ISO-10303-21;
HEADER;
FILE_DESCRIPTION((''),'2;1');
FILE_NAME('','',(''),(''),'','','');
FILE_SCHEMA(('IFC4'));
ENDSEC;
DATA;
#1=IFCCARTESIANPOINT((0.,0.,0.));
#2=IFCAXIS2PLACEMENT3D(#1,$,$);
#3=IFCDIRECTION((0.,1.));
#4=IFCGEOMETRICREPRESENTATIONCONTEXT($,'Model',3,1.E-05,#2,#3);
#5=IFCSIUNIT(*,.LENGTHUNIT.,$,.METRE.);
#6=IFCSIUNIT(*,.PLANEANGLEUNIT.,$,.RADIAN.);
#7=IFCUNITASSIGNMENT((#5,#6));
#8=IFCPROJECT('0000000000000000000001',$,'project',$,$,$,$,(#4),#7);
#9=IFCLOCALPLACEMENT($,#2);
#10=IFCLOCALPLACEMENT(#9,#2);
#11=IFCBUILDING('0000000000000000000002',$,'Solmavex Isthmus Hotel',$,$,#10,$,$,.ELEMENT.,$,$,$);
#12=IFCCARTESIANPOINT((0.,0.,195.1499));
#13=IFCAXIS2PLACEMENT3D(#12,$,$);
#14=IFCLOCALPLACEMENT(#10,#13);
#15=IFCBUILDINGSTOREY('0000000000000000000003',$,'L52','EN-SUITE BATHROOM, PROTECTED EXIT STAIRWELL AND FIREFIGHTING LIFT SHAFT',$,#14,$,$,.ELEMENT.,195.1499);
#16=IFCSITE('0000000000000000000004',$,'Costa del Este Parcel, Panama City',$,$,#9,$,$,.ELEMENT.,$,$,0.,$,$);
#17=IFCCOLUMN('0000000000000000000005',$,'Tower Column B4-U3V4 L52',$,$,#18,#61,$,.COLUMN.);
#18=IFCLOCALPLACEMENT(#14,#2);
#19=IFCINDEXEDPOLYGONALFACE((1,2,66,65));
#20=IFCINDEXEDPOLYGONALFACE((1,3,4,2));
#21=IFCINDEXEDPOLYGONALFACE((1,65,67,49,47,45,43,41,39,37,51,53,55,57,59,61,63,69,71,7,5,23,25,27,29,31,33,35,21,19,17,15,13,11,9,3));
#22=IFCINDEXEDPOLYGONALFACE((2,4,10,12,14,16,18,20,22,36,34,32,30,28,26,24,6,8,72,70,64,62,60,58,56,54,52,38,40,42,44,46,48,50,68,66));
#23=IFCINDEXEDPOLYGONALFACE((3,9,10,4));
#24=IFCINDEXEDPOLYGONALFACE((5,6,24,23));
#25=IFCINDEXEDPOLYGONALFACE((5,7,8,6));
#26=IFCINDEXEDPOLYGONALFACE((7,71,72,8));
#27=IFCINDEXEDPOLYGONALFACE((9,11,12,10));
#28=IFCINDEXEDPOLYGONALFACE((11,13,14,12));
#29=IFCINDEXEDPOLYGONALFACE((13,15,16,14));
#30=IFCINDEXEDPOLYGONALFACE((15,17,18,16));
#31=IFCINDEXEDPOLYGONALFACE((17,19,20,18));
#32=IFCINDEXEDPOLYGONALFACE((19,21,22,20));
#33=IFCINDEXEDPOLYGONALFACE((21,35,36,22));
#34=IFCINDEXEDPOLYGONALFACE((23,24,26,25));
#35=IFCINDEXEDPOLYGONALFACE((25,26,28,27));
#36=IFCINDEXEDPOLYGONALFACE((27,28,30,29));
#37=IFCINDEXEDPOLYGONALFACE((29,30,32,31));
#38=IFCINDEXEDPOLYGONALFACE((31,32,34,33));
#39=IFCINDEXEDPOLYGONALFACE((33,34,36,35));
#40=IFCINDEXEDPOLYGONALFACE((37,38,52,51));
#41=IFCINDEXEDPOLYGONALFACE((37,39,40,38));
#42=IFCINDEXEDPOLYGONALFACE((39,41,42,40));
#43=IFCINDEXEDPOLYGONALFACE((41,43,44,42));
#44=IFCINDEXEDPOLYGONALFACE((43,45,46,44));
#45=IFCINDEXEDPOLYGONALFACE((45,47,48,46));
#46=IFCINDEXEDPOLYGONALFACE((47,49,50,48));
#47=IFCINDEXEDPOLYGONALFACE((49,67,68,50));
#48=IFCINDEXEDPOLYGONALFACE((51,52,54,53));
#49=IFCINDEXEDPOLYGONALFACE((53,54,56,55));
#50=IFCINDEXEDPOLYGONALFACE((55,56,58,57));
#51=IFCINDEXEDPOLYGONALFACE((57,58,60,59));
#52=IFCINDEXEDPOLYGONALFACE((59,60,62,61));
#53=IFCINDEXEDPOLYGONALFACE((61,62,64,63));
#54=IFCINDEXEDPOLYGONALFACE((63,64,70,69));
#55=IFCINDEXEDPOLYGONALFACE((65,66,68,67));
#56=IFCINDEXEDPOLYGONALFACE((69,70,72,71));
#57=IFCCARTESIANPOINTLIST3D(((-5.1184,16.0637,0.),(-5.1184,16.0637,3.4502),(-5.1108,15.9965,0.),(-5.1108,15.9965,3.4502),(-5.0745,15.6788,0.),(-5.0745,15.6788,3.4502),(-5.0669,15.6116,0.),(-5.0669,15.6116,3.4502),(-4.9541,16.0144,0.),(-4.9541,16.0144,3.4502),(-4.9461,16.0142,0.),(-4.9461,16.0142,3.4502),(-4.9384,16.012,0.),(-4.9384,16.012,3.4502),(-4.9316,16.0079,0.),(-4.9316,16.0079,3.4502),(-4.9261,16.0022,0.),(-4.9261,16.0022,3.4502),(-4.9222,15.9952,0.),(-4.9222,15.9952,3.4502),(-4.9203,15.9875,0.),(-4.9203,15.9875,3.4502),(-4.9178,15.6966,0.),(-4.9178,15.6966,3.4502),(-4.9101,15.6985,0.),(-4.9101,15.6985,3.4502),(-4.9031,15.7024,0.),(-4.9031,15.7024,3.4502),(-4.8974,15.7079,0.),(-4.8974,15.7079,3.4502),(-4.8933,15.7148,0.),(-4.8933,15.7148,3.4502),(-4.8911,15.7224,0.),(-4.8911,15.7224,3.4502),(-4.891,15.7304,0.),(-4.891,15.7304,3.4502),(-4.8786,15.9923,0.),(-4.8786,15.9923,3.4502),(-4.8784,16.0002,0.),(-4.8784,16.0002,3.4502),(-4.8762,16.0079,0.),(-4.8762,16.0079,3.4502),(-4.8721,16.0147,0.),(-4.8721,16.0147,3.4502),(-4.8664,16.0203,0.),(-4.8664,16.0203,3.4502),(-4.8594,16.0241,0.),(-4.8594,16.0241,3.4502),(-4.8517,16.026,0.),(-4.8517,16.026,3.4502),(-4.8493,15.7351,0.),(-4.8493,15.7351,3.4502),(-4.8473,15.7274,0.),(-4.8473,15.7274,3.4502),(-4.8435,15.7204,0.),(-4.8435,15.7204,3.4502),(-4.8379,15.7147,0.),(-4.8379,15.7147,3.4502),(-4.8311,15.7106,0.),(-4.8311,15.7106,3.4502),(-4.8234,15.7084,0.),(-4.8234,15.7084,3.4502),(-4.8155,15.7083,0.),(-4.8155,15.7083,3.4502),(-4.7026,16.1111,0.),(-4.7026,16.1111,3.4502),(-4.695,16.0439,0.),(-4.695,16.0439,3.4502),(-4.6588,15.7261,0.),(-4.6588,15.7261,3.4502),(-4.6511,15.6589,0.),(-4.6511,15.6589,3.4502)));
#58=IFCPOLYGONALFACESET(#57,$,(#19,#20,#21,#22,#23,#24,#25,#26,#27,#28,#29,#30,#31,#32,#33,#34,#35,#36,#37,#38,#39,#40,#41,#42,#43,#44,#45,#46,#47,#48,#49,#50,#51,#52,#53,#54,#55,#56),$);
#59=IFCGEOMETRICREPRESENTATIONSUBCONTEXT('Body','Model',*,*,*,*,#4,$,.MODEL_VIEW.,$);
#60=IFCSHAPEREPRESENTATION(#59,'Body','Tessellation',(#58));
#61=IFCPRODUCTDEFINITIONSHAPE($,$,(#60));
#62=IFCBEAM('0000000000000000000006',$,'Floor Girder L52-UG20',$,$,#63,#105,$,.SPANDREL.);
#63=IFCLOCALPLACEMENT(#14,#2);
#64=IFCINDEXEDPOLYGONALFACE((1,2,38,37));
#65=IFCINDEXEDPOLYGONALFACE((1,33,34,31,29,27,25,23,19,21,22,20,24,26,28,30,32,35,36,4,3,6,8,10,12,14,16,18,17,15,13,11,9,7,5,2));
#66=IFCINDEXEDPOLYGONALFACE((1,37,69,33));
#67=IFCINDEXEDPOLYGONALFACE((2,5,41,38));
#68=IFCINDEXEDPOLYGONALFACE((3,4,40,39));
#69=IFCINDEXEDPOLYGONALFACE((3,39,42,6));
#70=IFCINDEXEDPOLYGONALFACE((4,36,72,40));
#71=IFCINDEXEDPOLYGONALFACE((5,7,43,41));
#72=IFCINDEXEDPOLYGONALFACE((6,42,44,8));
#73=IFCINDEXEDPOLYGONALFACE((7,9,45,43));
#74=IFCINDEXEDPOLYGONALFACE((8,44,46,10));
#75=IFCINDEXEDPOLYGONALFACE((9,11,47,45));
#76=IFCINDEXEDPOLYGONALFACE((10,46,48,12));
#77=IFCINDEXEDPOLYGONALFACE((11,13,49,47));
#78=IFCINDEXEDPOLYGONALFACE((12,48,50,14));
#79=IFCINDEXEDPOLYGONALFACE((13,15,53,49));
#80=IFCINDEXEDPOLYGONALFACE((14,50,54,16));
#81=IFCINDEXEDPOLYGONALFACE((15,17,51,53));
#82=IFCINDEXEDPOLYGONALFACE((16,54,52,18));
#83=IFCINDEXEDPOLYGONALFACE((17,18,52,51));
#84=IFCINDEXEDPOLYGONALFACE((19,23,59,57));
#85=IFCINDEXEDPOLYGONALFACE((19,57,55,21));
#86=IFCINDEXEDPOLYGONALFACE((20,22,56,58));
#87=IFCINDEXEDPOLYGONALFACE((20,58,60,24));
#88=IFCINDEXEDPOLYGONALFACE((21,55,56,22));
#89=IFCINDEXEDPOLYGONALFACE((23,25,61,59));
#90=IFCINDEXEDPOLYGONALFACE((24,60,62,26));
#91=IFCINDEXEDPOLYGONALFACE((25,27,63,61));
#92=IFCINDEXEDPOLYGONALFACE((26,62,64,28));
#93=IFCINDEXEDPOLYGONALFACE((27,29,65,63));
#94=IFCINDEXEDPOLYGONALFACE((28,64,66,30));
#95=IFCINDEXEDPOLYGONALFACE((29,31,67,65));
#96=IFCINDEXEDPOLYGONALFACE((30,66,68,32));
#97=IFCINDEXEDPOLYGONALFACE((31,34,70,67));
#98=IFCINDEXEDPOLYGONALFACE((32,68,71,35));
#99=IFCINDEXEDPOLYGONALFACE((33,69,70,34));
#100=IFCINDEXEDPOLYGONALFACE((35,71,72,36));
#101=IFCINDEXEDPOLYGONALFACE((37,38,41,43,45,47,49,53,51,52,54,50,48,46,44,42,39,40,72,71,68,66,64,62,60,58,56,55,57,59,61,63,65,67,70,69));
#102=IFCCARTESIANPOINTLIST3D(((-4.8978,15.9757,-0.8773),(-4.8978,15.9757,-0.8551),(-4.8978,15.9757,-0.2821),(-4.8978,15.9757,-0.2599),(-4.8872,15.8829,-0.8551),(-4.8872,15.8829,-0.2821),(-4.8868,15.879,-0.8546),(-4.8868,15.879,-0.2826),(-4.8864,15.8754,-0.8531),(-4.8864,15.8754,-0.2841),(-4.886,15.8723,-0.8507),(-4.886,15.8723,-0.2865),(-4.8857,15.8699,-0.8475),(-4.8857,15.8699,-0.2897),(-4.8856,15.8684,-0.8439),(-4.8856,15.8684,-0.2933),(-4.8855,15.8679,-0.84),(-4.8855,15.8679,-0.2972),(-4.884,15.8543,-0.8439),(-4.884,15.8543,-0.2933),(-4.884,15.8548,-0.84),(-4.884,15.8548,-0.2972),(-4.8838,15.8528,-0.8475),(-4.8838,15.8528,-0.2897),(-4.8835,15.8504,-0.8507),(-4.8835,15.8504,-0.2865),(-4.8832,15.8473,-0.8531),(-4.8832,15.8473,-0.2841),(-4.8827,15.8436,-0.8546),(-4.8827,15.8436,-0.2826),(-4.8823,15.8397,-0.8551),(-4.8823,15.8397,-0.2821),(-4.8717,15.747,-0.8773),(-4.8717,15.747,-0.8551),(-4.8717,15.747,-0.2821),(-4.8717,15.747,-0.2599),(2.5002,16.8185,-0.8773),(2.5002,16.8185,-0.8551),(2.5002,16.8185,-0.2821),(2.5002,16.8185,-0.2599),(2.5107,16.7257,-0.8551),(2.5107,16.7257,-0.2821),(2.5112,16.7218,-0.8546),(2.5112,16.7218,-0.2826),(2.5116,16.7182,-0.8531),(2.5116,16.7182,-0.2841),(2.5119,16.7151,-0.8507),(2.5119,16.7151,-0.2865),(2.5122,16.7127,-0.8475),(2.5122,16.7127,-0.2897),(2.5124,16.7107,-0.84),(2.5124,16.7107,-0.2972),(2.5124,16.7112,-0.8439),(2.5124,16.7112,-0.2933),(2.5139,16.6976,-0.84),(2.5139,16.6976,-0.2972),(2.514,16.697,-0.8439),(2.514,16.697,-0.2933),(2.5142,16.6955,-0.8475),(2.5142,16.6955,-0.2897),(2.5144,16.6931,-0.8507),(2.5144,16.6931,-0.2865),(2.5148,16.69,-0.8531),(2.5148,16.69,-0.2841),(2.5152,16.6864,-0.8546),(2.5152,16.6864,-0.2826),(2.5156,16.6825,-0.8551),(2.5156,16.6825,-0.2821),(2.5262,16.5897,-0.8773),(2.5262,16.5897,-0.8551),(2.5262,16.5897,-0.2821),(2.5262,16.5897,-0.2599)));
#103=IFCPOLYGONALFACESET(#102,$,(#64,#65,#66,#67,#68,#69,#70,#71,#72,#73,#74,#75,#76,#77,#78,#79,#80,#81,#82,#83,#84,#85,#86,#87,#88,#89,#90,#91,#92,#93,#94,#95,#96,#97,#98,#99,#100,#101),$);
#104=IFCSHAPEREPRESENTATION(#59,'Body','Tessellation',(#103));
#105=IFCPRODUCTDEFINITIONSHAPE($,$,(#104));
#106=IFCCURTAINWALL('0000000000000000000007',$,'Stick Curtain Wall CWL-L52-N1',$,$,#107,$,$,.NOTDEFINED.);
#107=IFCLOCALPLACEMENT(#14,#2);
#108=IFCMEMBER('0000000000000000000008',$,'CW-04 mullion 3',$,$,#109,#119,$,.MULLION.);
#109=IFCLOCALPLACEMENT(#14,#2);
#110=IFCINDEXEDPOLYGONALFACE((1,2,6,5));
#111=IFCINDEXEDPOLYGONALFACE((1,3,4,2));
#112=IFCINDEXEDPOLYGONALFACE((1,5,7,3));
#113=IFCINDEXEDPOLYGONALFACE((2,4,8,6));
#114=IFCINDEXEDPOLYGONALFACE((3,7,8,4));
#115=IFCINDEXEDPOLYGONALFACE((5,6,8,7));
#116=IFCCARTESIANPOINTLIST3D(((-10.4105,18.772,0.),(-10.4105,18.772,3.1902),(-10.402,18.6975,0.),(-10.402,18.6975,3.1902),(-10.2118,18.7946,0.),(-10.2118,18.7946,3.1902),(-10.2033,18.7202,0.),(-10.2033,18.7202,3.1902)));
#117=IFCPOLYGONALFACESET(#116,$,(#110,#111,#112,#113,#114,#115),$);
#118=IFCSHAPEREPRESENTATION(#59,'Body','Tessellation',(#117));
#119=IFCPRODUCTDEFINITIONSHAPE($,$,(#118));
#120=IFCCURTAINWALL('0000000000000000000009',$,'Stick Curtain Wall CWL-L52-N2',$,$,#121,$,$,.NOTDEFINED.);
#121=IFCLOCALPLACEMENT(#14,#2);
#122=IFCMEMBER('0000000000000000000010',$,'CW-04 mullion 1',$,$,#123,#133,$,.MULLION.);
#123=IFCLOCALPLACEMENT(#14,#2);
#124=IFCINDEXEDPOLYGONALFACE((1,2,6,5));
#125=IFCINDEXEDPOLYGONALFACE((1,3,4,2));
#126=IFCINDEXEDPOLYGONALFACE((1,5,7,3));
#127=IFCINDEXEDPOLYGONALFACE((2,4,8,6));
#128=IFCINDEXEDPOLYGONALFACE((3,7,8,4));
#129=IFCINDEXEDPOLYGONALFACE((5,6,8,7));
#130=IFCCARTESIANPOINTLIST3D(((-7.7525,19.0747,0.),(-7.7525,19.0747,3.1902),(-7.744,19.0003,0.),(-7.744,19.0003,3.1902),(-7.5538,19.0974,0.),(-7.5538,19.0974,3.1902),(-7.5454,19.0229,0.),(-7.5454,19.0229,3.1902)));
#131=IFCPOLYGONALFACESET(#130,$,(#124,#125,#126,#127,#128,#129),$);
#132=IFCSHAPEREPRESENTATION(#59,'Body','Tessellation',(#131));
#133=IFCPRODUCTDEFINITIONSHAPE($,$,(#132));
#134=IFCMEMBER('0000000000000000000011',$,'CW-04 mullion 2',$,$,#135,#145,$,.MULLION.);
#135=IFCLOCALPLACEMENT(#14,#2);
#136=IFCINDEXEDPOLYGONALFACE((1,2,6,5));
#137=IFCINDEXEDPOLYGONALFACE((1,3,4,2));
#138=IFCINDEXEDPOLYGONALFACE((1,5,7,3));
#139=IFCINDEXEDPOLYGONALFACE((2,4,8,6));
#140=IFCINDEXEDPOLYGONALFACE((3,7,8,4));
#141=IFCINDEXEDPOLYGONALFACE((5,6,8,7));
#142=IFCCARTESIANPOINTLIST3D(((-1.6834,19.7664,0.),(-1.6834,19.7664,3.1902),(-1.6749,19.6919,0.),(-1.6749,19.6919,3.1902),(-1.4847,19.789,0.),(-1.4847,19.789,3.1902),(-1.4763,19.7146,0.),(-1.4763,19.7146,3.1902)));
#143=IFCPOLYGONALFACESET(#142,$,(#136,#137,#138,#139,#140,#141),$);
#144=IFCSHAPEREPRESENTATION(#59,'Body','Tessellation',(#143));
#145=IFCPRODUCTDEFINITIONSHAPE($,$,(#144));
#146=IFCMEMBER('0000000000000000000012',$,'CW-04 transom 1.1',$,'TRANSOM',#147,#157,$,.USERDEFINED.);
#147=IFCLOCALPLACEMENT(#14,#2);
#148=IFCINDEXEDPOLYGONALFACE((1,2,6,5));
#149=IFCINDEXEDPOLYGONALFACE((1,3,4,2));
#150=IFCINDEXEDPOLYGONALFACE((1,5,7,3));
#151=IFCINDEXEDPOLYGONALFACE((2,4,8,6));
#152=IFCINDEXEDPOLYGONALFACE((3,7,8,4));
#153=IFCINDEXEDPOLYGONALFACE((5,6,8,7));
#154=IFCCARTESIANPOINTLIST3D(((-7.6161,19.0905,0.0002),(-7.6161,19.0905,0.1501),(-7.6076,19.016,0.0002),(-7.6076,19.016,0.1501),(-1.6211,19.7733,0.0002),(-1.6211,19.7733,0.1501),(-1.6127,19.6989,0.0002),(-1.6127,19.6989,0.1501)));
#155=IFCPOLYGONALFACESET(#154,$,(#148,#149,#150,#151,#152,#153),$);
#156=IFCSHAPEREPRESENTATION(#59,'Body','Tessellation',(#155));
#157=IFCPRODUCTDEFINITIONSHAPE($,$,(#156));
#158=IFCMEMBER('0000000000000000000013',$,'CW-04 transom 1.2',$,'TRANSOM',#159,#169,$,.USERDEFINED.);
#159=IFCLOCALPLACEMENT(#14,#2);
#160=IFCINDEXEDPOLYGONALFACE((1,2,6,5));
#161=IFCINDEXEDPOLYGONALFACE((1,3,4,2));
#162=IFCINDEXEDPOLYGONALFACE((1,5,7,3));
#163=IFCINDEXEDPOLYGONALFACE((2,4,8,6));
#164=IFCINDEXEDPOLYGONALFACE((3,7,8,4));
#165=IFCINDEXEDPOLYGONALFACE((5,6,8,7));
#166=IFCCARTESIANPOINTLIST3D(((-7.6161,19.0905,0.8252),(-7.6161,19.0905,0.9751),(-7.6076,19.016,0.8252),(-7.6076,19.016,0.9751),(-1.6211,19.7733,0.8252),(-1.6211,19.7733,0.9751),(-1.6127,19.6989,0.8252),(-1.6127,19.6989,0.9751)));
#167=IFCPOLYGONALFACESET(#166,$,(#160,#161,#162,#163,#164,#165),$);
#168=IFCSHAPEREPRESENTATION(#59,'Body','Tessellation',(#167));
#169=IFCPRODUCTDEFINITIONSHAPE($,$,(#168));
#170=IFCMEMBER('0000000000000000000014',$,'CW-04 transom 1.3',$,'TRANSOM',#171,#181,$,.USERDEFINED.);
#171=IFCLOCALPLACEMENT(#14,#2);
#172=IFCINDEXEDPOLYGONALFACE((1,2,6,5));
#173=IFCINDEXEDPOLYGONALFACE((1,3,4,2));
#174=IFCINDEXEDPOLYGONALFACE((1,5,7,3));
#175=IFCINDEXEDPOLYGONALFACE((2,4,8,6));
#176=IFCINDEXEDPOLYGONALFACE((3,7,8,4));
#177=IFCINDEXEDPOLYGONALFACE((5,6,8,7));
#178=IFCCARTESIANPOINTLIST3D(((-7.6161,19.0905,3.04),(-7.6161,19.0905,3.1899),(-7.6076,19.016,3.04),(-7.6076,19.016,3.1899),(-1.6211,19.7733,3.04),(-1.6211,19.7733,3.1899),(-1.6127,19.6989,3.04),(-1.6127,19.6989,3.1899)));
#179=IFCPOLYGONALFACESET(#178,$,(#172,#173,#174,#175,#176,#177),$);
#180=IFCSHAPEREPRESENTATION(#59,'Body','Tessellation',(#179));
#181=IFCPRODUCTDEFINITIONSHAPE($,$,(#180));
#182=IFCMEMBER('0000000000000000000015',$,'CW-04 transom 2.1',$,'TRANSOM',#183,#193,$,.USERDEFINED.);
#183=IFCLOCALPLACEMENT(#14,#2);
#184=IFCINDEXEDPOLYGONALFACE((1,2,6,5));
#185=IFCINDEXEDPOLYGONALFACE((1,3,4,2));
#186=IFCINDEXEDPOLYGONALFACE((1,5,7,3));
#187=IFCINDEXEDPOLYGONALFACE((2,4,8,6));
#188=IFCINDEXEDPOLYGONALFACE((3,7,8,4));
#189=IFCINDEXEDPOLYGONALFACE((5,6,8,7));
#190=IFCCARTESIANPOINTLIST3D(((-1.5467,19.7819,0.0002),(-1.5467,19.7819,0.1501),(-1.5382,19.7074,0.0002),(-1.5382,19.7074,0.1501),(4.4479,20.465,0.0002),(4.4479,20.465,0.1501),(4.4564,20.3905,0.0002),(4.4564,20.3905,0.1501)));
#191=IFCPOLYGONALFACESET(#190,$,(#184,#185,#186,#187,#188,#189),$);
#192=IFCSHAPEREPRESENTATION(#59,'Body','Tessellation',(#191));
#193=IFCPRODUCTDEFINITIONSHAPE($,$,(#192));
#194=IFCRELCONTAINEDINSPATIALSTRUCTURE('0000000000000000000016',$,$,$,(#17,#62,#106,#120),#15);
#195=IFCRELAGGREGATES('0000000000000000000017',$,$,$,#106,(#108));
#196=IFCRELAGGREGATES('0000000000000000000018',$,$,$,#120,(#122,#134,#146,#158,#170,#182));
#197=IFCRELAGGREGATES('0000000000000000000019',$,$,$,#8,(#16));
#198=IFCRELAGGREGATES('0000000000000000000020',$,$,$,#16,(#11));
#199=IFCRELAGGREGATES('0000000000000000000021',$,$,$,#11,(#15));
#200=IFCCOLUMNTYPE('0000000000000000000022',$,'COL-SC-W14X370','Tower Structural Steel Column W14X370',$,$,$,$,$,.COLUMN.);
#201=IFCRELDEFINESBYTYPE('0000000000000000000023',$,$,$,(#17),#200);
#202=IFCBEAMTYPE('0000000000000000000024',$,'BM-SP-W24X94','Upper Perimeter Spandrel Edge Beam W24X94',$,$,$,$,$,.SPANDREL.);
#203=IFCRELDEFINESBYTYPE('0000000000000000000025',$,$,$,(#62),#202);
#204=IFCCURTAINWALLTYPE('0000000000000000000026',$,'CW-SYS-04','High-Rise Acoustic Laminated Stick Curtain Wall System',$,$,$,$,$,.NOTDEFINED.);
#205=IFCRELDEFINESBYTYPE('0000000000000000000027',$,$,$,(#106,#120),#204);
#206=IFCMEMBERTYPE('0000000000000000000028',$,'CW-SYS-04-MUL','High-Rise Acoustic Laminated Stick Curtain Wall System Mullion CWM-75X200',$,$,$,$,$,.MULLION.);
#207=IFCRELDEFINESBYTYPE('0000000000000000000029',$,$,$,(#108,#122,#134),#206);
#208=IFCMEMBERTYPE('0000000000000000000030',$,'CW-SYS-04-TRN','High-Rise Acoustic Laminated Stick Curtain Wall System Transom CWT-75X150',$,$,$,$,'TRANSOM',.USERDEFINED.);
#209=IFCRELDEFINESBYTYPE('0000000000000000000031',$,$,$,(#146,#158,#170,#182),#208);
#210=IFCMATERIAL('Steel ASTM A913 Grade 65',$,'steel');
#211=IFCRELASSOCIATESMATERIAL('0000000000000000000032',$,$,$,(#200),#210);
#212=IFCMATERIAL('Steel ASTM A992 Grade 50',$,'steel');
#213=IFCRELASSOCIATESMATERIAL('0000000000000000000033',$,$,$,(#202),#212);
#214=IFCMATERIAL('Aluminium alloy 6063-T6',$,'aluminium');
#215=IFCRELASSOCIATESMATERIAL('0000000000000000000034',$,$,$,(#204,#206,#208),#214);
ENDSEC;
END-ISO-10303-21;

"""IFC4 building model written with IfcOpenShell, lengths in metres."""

from ifc_helpers import new_model, si_unit, direction, frame, origin, origin_2d, place, context, subcontext, project, spatial, rectangle, i_section, extrude, material, material_profile, profile_set, type_object, element, aggregate, save


model = new_model("IFC4")

# Units and contexts
model_context = context("Model", 3, precision=1e-05, world=origin(), true_north=direction((0.0, 1.0)))
body_context = subcontext(model_context, "Body", "Model", "MODEL_VIEW")
ifc_project = project(units=[si_unit("LENGTHUNIT", "METRE"), si_unit("PLANEANGLEUNIT", "RADIAN")], contexts=[model_context])

# Site, building, storey
site_placement = place(None, origin())
site = spatial("IfcSite", under=ifc_project, at=site_placement, Name="Costa del Este Parcel, Panama City", CompositionType="ELEMENT", RefElevation=0.0)
building_placement = place(site_placement, origin())
building = spatial("IfcBuilding", under=site, at=building_placement, Name="Solmavex Isthmus Hotel", CompositionType="ELEMENT")
storey_placement = place(building_placement, frame((0.0, 0.0, 195.1499)))
storey = spatial("IfcBuildingStorey", under=building, at=storey_placement, Name="L52", Description="EN-SUITE BATHROOM, PROTECTED EXIT STAIRWELL AND FIREFIGHTING LIFT SHAFT", CompositionType="ELEMENT", Elevation=195.1499)

# Column
ifc_material_1 = material(Name="Steel ASTM A913 Grade 65", Category="steel")
ifc_material_profile_1 = material_profile(ifc_material_1, i_section(OverallWidth=0.4185, OverallDepth=0.4551, WebThickness=0.042, FlangeThickness=0.0676, FilletRadius=0.0305, at=origin_2d()), Name="W14X370")
ifc_profile_set_1 = profile_set([ifc_material_profile_1], Name="Steel ASTM A913 Grade 65")
column_type = type_object("IfcColumnType", Name="COL-SC-W14X370", Description="Tower Structural Steel Column W14X370", PredefinedType="COLUMN", material=ifc_profile_set_1)
column_placement = place(storey_placement, frame((-4.8848, 15.8613, 0.0), z_axis=(0.0, 0.0, 1.0), x_axis=(0.993572, 0.113203, 0.0)))
element("IfcColumn", 1, at=column_placement, inside=storey, type_object=column_type, Name="Tower Column B4-U3V4 L52", PredefinedType="COLUMN", context=body_context, shape_type="SweptSolid", body=[
    extrude(i_section(OverallWidth=0.4185, OverallDepth=0.4551, WebThickness=0.042, FlangeThickness=0.0676, FilletRadius=0.0305, at=origin_2d()), origin(), (0.0, 0.0, 1.0), 3.4502),
])

# Beam
ifc_material_2 = material(Name="Steel ASTM A992 Grade 50", Category="steel")
ifc_material_profile_2 = material_profile(ifc_material_2, i_section(OverallWidth=0.2302, OverallDepth=0.6174, WebThickness=0.0132, FlangeThickness=0.0222, FilletRadius=0.0151, at=origin_2d()), Name="W24X94")
ifc_profile_set_2 = profile_set([ifc_material_profile_2], Name="Steel ASTM A992 Grade 50")
beam_type = type_object("IfcBeamType", Name="BM-SP-W24X94", Description="Upper Perimeter Spandrel Edge Beam W24X94", PredefinedType="SPANDREL", material=ifc_profile_set_2)
beam_placement = place(storey_placement, frame((-4.8848, 15.8613, -0.5686), z_axis=(0.993574, 0.113188, 0.0), x_axis=(-0.113188, 0.993574, 0.0)))
element("IfcBeam", 2, at=beam_placement, inside=storey, type_object=beam_type, Name="Floor Girder L52-UG20", PredefinedType="SPANDREL", context=body_context, shape_type="SweptSolid", body=[
    extrude(i_section(OverallWidth=0.2302, OverallDepth=0.6174, WebThickness=0.0132, FlangeThickness=0.0222, FilletRadius=0.0151, at=origin_2d()), origin(), (0.0, 0.0, 1.0), 7.4458),
])

# Curtain wall, member
ifc_material_3 = material(Name="Aluminium alloy 6063-T6", Category="aluminium")
curtain_wall_type = type_object("IfcCurtainWallType", Name="CW-SYS-04", Description="High-Rise Acoustic Laminated Stick Curtain Wall System", PredefinedType="NOTDEFINED", material=ifc_material_3)
curtain_wall_1_placement = place(storey_placement, origin())
curtain_wall_1 = element("IfcCurtainWall", 3, at=curtain_wall_1_placement, inside=storey, type_object=curtain_wall_type, Name="Stick Curtain Wall CWL-L52-N1", PredefinedType="NOTDEFINED")
ifc_material_profile_3 = material_profile(ifc_material_3, rectangle(XDim=0.075, YDim=0.2, at=origin_2d()), Name="CWM-75X200")
ifc_profile_set_3 = profile_set([ifc_material_profile_3], Name="Aluminium alloy 6063-T6")
member_type_1 = type_object("IfcMemberType", Name="CW-SYS-04-MUL", Description="High-Rise Acoustic Laminated Stick Curtain Wall System Mullion CWM-75X200", PredefinedType="MULLION", material=ifc_profile_set_3)
member_1_placement = place(storey_placement, frame((-10.3069, 18.7461, 0.0), z_axis=(0.0, 0.0, 1.0), x_axis=(-0.113203, 0.993572, 0.0)))
member_1 = element("IfcMember", 4, at=member_1_placement, type_object=member_type_1, Name="CW-04 mullion 3", PredefinedType="MULLION", context=body_context, shape_type="SweptSolid", body=[
    extrude(rectangle(XDim=0.075, YDim=0.2, at=origin_2d()), origin(), (0.0, 0.0, 1.0), 3.1902),
])
aggregate(curtain_wall_1, [member_1])

# Curtain wall, members
curtain_wall_2_placement = place(storey_placement, origin())
curtain_wall_2 = element("IfcCurtainWall", 5, at=curtain_wall_2_placement, inside=storey, type_object=curtain_wall_type, Name="Stick Curtain Wall CWL-L52-N2", PredefinedType="NOTDEFINED")
member_2_placement = place(storey_placement, frame((-7.6489, 19.0488, 0.0), z_axis=(0.0, 0.0, 1.0), x_axis=(-0.113203, 0.993572, 0.0)))
member_2 = element("IfcMember", 6, at=member_2_placement, type_object=member_type_1, Name="CW-04 mullion 1", PredefinedType="MULLION", context=body_context, shape_type="SweptSolid", body=[
    extrude(rectangle(XDim=0.075, YDim=0.2, at=origin_2d()), origin(), (0.0, 0.0, 1.0), 3.1902),
])
member_3_placement = place(storey_placement, frame((-1.5798, 19.7405, 0.0), z_axis=(0.0, 0.0, 1.0), x_axis=(-0.113203, 0.993572, 0.0)))
member_3 = element("IfcMember", 7, at=member_3_placement, type_object=member_type_1, Name="CW-04 mullion 2", PredefinedType="MULLION", context=body_context, shape_type="SweptSolid", body=[
    extrude(rectangle(XDim=0.075, YDim=0.2, at=origin_2d()), origin(), (0.0, 0.0, 1.0), 3.1902),
])
ifc_material_profile_4 = material_profile(ifc_material_3, rectangle(XDim=0.075, YDim=0.1499, at=origin_2d()), Name="CWT-75X150")
ifc_profile_set_4 = profile_set([ifc_material_profile_4], Name="Aluminium alloy 6063-T6")
member_type_2 = type_object("IfcMemberType", Name="CW-SYS-04-TRN", Description="High-Rise Acoustic Laminated Stick Curtain Wall System Transom CWT-75X150", ElementType="TRANSOM", PredefinedType="USERDEFINED", material=ifc_profile_set_4)
member_4_placement = place(storey_placement, frame((-7.6118, 19.0532, 0.0752), z_axis=(0.993575, 0.113176, 0.0), x_axis=(-0.113176, 0.993575, 0.0)))
member_4 = element("IfcMember", 8, at=member_4_placement, type_object=member_type_2, Name="CW-04 transom 1.1", ObjectType="TRANSOM", PredefinedType="USERDEFINED", context=body_context, shape_type="SweptSolid", body=[
    extrude(rectangle(XDim=0.075, YDim=0.1499, at=origin_2d()), origin(), (0.0, 0.0, 1.0), 6.0337),
])
member_5_placement = place(storey_placement, frame((-7.6118, 19.0532, 0.9001), z_axis=(0.993575, 0.113176, 0.0), x_axis=(-0.113176, 0.993575, 0.0)))
member_5 = element("IfcMember", 9, at=member_5_placement, type_object=member_type_2, Name="CW-04 transom 1.2", ObjectType="TRANSOM", PredefinedType="USERDEFINED", context=body_context, shape_type="SweptSolid", body=[
    extrude(rectangle(XDim=0.075, YDim=0.1499, at=origin_2d()), origin(), (0.0, 0.0, 1.0), 6.0337),
])
member_6_placement = place(storey_placement, frame((-7.6118, 19.0532, 3.115), z_axis=(0.993575, 0.113176, 0.0), x_axis=(-0.113176, 0.993575, 0.0)))
member_6 = element("IfcMember", 10, at=member_6_placement, type_object=member_type_2, Name="CW-04 transom 1.3", ObjectType="TRANSOM", PredefinedType="USERDEFINED", context=body_context, shape_type="SweptSolid", body=[
    extrude(rectangle(XDim=0.075, YDim=0.1499, at=origin_2d()), origin(), (0.0, 0.0, 1.0), 6.0337),
])
member_7_placement = place(storey_placement, frame((-1.5425, 19.7446, 0.0752), z_axis=(0.99357, 0.11322, 0.0), x_axis=(-0.11322, 0.99357, 0.0)))
member_7 = element("IfcMember", 11, at=member_7_placement, type_object=member_type_2, Name="CW-04 transom 2.1", ObjectType="TRANSOM", PredefinedType="USERDEFINED", context=body_context, shape_type="SweptSolid", body=[
    extrude(rectangle(XDim=0.075, YDim=0.1499, at=origin_2d()), origin(), (0.0, 0.0, 1.0), 6.0334),
])
aggregate(curtain_wall_2, [member_2, member_3, member_4, member_5, member_6, member_7])

save(model, "model.ifc")
